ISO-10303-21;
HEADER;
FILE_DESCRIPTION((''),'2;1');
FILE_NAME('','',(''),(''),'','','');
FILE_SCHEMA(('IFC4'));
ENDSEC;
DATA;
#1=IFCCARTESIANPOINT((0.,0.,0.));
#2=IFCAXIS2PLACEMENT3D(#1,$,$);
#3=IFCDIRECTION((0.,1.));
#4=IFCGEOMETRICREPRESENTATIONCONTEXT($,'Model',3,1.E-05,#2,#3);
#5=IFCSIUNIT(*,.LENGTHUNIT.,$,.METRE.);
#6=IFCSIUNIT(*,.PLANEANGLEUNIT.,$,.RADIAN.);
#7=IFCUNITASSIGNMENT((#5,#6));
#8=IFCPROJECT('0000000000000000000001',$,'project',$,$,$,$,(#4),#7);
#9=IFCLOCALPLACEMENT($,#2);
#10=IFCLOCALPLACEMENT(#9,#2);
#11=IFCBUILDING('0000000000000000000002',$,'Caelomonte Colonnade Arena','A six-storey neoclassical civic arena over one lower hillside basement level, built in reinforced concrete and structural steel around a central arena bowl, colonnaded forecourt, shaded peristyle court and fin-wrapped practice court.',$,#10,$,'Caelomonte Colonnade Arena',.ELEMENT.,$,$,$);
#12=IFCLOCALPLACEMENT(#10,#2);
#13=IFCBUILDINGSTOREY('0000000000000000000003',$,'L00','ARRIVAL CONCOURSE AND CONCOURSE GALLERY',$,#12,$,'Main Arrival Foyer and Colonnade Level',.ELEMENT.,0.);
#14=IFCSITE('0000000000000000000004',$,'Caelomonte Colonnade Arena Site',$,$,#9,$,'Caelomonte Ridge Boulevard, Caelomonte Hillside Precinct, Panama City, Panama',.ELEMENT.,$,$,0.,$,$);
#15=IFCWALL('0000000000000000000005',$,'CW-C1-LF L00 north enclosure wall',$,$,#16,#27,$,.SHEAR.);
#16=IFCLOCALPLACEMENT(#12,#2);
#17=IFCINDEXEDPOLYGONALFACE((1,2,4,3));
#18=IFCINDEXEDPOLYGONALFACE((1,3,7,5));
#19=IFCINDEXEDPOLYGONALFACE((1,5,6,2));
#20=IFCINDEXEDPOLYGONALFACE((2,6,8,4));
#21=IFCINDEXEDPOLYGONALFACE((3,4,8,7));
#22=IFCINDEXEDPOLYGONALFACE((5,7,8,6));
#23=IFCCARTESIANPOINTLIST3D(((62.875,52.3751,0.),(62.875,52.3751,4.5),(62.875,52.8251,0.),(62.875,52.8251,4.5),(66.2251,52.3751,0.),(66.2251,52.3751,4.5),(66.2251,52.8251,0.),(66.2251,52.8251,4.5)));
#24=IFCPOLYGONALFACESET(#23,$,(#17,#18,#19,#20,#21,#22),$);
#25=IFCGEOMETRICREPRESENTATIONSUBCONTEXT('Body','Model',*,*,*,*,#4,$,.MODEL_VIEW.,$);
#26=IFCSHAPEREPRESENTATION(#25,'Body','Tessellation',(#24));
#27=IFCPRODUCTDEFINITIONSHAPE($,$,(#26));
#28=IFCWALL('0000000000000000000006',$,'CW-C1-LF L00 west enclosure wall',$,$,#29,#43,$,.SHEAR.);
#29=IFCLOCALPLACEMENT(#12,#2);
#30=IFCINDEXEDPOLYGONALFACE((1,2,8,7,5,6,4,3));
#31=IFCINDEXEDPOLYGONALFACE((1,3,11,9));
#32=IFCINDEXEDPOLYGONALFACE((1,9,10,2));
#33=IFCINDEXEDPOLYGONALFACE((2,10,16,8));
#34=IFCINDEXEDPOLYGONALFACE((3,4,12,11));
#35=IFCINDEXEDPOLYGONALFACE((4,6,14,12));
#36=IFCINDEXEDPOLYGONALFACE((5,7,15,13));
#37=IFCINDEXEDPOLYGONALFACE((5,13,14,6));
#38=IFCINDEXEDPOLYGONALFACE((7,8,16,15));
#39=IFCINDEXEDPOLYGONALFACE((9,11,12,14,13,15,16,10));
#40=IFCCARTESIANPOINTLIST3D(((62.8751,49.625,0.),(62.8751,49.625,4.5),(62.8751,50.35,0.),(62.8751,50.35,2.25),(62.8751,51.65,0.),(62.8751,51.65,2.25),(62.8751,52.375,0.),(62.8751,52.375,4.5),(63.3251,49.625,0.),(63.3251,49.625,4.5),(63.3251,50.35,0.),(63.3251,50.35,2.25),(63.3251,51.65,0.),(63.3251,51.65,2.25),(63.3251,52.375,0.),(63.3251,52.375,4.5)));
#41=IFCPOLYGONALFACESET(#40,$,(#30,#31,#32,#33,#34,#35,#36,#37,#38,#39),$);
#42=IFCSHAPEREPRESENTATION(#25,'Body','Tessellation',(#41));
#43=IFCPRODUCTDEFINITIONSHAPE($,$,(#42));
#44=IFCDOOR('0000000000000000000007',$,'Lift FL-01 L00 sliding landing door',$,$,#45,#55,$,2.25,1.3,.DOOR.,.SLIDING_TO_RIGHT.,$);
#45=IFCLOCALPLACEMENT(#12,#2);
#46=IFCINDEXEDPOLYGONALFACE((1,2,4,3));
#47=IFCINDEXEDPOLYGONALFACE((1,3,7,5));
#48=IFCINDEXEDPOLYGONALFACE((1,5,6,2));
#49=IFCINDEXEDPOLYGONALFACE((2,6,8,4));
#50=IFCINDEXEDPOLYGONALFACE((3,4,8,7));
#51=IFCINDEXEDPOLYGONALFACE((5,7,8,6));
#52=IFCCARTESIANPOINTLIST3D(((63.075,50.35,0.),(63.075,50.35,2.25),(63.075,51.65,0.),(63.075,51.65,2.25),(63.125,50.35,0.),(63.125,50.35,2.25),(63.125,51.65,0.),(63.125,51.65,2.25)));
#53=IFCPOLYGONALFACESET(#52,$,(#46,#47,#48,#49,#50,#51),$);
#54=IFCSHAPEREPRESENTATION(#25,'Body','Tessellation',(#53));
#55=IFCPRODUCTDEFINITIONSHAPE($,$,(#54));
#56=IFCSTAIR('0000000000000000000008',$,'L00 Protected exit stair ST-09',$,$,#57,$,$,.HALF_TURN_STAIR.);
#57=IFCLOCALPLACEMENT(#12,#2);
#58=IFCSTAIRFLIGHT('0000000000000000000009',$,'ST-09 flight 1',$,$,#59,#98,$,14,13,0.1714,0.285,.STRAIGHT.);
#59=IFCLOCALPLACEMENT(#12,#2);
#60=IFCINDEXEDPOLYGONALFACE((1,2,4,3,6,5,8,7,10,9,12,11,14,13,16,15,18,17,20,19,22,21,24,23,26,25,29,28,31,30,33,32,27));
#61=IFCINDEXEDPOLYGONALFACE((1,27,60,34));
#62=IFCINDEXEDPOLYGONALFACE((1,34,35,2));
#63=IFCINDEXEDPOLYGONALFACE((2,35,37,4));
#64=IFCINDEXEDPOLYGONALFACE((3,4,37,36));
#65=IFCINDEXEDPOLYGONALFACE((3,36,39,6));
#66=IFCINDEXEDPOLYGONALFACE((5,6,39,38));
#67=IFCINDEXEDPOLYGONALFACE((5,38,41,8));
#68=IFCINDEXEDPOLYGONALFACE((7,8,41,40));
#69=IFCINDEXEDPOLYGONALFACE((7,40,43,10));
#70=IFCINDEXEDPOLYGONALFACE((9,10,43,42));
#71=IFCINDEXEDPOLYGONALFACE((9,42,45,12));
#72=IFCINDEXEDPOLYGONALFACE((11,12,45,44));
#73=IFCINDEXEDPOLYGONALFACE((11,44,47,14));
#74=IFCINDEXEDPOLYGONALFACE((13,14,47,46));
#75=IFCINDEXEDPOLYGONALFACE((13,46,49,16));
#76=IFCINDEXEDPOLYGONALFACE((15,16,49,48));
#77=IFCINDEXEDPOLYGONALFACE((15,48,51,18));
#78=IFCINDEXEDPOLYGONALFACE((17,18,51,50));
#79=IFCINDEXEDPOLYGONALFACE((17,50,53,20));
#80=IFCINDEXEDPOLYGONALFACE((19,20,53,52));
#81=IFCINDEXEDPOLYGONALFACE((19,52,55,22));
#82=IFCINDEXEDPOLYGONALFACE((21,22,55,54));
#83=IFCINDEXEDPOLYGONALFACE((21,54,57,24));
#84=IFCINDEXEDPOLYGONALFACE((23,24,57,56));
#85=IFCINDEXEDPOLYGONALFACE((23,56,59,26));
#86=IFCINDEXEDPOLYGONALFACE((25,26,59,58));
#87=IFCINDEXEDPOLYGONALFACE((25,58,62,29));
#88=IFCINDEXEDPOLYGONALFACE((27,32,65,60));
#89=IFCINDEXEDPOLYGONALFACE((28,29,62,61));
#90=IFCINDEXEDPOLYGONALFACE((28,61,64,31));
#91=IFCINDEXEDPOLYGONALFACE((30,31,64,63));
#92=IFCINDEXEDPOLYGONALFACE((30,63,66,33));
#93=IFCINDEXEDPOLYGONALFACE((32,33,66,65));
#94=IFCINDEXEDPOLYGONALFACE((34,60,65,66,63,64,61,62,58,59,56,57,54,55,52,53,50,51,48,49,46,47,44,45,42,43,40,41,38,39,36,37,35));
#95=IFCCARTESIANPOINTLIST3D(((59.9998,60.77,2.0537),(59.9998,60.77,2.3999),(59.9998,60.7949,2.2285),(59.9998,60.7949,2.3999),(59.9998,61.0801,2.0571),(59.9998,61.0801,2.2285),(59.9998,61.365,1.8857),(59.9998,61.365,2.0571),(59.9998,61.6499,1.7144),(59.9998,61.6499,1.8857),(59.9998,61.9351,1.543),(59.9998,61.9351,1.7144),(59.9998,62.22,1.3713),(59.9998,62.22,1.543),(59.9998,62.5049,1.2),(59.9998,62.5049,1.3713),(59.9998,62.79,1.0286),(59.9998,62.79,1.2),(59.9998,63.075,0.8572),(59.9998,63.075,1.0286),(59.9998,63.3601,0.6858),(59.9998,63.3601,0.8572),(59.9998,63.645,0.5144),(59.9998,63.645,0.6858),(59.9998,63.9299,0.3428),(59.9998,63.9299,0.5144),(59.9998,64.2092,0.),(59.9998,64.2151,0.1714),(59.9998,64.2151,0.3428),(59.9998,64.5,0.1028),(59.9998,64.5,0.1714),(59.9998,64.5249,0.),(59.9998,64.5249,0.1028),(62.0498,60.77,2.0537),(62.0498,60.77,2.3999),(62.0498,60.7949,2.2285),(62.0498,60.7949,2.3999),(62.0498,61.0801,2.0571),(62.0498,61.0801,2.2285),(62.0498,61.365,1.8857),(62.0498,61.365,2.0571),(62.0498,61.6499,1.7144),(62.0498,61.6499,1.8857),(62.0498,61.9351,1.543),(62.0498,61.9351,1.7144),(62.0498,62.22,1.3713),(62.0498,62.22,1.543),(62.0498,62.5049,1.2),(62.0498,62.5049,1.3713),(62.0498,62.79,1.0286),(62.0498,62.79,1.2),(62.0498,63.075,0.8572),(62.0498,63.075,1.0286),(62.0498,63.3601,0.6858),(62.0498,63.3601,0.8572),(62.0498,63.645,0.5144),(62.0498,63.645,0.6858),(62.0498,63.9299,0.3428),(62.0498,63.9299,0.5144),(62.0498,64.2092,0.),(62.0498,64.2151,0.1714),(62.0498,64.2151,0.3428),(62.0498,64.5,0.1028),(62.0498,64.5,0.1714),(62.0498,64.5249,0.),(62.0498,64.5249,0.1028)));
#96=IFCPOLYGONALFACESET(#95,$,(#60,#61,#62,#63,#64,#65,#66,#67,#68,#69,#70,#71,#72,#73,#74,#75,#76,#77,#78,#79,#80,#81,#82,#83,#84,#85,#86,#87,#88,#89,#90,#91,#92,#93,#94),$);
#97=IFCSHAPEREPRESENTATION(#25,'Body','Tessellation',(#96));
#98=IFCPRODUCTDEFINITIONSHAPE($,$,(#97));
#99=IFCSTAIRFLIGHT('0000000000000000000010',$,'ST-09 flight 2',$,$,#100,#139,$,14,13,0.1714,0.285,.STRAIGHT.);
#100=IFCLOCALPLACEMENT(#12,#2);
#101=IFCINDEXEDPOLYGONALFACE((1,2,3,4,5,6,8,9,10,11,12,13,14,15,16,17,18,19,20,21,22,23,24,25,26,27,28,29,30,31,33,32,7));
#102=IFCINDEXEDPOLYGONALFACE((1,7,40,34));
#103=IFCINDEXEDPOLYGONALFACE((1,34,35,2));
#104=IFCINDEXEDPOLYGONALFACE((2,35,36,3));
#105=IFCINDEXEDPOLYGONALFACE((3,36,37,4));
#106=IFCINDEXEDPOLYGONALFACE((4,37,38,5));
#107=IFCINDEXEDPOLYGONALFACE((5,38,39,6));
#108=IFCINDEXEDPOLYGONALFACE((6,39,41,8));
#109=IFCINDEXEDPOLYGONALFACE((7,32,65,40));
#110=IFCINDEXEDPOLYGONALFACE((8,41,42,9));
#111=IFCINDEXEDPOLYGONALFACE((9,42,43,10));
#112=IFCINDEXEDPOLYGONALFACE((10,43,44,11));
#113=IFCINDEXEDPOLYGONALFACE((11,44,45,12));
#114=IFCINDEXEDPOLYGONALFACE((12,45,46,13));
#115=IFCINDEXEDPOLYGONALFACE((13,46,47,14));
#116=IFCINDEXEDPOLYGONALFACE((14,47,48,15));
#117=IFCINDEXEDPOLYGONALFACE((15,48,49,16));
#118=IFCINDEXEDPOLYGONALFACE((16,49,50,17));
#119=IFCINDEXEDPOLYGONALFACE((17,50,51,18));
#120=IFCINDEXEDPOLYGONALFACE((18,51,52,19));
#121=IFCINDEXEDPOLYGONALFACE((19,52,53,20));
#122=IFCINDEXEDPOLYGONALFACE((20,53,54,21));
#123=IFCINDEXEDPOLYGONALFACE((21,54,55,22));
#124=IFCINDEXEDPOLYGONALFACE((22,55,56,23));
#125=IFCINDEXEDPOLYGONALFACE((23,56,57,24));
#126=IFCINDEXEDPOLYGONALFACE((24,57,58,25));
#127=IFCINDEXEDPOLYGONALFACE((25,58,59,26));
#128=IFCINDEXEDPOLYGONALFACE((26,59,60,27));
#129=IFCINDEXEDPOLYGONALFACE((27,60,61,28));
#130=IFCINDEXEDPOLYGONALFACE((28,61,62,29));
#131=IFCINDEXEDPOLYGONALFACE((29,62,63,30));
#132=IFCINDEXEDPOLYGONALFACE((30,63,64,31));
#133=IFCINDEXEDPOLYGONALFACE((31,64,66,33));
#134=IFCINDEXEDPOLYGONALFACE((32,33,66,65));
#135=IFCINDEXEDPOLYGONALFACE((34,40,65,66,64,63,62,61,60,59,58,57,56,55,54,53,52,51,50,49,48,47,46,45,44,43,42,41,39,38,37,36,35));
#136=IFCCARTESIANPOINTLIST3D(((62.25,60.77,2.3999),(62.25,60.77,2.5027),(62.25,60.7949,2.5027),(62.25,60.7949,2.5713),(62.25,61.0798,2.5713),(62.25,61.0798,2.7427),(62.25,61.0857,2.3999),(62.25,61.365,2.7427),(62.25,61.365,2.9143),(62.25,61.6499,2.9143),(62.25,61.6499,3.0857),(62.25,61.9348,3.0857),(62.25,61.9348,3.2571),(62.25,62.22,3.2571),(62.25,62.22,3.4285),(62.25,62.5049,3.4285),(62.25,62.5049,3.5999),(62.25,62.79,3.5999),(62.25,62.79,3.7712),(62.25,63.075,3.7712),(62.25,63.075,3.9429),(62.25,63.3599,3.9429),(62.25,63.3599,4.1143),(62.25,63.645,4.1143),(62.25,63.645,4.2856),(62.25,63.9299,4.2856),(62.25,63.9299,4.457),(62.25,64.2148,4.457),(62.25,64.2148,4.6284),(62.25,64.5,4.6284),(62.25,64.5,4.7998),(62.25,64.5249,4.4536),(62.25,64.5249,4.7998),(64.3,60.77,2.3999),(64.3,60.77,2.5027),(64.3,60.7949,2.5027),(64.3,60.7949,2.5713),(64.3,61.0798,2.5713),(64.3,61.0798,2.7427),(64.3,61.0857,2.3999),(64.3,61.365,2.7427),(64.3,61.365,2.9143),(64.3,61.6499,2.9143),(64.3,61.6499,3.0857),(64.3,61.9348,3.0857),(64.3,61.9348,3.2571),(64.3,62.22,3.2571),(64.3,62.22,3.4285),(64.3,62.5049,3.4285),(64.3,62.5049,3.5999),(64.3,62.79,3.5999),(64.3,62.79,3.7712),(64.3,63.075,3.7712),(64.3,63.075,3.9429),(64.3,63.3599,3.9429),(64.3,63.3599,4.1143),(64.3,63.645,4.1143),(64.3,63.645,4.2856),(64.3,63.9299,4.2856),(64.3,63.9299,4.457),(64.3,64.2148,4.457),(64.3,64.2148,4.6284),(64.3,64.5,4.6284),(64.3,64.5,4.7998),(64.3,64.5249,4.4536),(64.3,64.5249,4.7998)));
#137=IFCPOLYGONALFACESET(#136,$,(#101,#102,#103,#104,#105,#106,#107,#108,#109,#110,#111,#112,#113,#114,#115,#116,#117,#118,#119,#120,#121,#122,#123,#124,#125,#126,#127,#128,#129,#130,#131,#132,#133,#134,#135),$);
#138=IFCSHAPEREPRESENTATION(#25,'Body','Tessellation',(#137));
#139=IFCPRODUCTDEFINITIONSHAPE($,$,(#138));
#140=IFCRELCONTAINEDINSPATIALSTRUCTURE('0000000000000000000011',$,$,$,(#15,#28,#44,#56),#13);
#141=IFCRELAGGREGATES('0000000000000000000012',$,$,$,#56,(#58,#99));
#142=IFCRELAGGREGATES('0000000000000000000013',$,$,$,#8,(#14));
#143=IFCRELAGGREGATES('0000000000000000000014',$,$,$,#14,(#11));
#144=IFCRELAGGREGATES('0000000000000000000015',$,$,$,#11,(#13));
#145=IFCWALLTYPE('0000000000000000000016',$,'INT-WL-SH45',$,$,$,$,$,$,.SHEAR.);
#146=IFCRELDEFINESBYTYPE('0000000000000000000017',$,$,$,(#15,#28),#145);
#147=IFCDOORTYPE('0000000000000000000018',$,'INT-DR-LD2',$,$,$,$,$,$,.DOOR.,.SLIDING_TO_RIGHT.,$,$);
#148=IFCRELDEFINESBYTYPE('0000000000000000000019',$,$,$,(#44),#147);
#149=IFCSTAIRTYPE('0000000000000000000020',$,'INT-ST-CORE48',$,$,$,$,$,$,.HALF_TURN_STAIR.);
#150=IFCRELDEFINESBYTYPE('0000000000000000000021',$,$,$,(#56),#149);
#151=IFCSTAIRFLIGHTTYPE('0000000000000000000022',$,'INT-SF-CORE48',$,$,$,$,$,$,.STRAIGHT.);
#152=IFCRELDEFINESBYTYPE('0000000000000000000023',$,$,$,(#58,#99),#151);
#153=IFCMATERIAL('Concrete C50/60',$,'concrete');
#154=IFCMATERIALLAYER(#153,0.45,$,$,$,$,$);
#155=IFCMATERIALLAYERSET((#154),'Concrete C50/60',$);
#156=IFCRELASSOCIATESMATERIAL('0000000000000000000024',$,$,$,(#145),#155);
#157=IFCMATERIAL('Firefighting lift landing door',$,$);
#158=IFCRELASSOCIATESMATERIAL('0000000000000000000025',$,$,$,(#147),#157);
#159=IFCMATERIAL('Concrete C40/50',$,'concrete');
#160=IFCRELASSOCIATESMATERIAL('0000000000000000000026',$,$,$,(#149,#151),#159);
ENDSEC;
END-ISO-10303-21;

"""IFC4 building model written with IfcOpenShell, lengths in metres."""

from ifc_helpers import new_model, si_unit, direction, frame, frame_2d, origin, place, context, subcontext, project, spatial, polyline, rectangle, outline, extrude, material, layer, layer_set, type_object, element, fill, aggregate, save


model = new_model("IFC4")

# Units and contexts
model_context = context("Model", 3, precision=1e-05, world=origin(), true_north=direction((0.0, 1.0)))
body_context = subcontext(model_context, "Body", "Model", "MODEL_VIEW")
ifc_project = project(units=[si_unit("LENGTHUNIT", "METRE"), si_unit("PLANEANGLEUNIT", "RADIAN")], contexts=[model_context])

# Site, building, storey
site_placement = place(None, origin())
site = spatial("IfcSite", under=ifc_project, at=site_placement, Name="Caelomonte Colonnade Arena Site", LongName="Caelomonte Ridge Boulevard, Caelomonte Hillside Precinct, Panama City, Panama", CompositionType="ELEMENT", RefElevation=0.0)
building_placement = place(site_placement, origin())
building = spatial("IfcBuilding", under=site, at=building_placement, Name="Caelomonte Colonnade Arena", Description="A six-storey neoclassical civic arena over one lower hillside basement level, built in reinforced concrete and structural steel around a central arena bowl, colonnaded forecourt, shaded peristyle court and fin-wrapped practice court.", LongName="Caelomonte Colonnade Arena", CompositionType="ELEMENT")
storey_placement = place(building_placement, origin())
storey = spatial("IfcBuildingStorey", under=building, at=storey_placement, Name="L00", Description="ARRIVAL CONCOURSE AND CONCOURSE GALLERY", LongName="Main Arrival Foyer and Colonnade Level", CompositionType="ELEMENT", Elevation=0.0)

# Shared definitions
ifc_material_1 = material(Name="Concrete C50/60", Category="concrete")

# Shared definitions
ifc_material_2 = material(Name="Concrete C40/50", Category="concrete")

# Wall
ifc_layer_1 = layer(ifc_material_1, 0.45)
ifc_layer_set_1 = layer_set([ifc_layer_1], Name="Concrete C50/60")
wall_type_1 = type_object("IfcWallType", Name="INT-WL-SH45", PredefinedType="SHEAR", material=ifc_layer_set_1)
wall_1_placement = place(storey_placement, frame((66.2251, 52.6001, 0.0), z_axis=(0.0, 0.0, 1.0), x_axis=(-1.0, 0.0, 0.0)))
element("IfcWall", 1, at=wall_1_placement, inside=storey, type_object=wall_type_1, Name="CW-C1-LF L00 north enclosure wall", PredefinedType="SHEAR", context=body_context, shape_type="SweptSolid", body=[
    extrude(rectangle(XDim=3.3501, YDim=0.45, at=frame_2d((1.675, 0.0))), origin(), (0.0, 0.0, 1.0), 4.5),
])

# Wall, opening, door
wall_2_placement = place(storey_placement, frame((63.1001, 52.375, 0.0), z_axis=(0.0, 0.0, 1.0), x_axis=(0.0, -1.0, 0.0)))
wall_2 = element("IfcWall", 2, at=wall_2_placement, inside=storey, type_object=wall_type_1, Name="CW-C1-LF L00 west enclosure wall", PredefinedType="SHEAR", context=body_context, shape_type="SweptSolid", body=[
    extrude(rectangle(XDim=2.75, YDim=0.45, at=frame_2d((1.375, 0.0))), origin(), (0.0, 0.0, 1.0), 4.5),
])
opening_1_placement = place(wall_2_placement, frame((0.7251, 0.0, 0.0), z_axis=(0.0, 0.0, 1.0), x_axis=(1.0, 0.0, 0.0)))
opening_1 = element("IfcOpeningElement", 3, at=opening_1_placement, cuts=wall_2, PredefinedType="OPENING", context=body_context, shape_type="SweptSolid", body=[
    extrude(rectangle(XDim=1.3, YDim=2.25, at=frame_2d((0.6499, 1.125))), frame((0.0, 0.2349, 0.0), z_axis=(0.0, -1.0, 0.0), x_axis=(1.0, 0.0, 0.0)), (0.0, 0.0, 1.0), 0.47),
])
ifc_material_3 = material(Name="Firefighting lift landing door")
door_type_1 = type_object("IfcDoorType", Name="INT-DR-LD2", OperationType="SLIDING_TO_RIGHT", PredefinedType="DOOR", material=ifc_material_3)
door_1_placement = place(opening_1_placement, origin())
door_1 = element("IfcDoor", 4, at=door_1_placement, inside=storey, type_object=door_type_1, Name="Lift FL-01 L00 sliding landing door", OperationType="SLIDING_TO_RIGHT", OverallHeight=2.25, OverallWidth=1.3, PredefinedType="DOOR", context=body_context, shape_type="SweptSolid", body=[
    extrude(rectangle(XDim=1.3, YDim=2.25, at=frame_2d((0.6499, 1.125))), frame((0.0, 0.0249, 0.0), z_axis=(0.0, -1.0, 0.0), x_axis=(1.0, 0.0, 0.0)), (0.0, 0.0, 1.0), 0.05),
])
fill(opening_1, door_1)

# Stair, stair flights
stair_type_1 = type_object("IfcStairType", Name="INT-ST-CORE48", PredefinedType="HALF_TURN_STAIR", material=ifc_material_2)
stair_1_placement = place(storey_placement, origin())
stair_1 = element("IfcStair", 5, at=stair_1_placement, inside=storey, type_object=stair_type_1, Name="L00 Protected exit stair ST-09", PredefinedType="HALF_TURN_STAIR")
stair_flight_type_1 = type_object("IfcStairFlightType", Name="INT-SF-CORE48", PredefinedType="STRAIGHT", material=ifc_material_2)
stair_flight_1_placement = place(storey_placement, frame((61.0249, 64.5, 0.0), z_axis=(0.0, 0.0, 1.0), x_axis=(0.0, -1.0, 0.0)))
stair_flight_1 = element("IfcStairFlight", 6, at=stair_flight_1_placement, type_object=stair_flight_type_1, Name="ST-09 flight 1", NumberOfRisers=14, NumberOfTreads=13, PredefinedType="STRAIGHT", RiserHeight=0.1714, TreadLength=0.285, context=body_context, shape_type="SweptSolid", body=[
    extrude(outline(polyline([(-0.0249, 0.0), (-0.0249, 0.1028), (0.0, 0.1028), (0.0, 0.1714), (0.2849, 0.1714), (0.2849, 0.3428), (0.5701, 0.3428), (0.5701, 0.5144), (0.855, 0.5144), (0.855, 0.6858), (1.1399, 0.6858), (1.1399, 0.8572), (1.425, 0.8572), (1.425, 1.0286), (1.71, 1.0286), (1.71, 1.2), (1.9951, 1.2), (1.9951, 1.3713), (2.28, 1.3713), (2.28, 1.543), (2.5649, 1.543), (2.5649, 1.7144), (2.8501, 1.7144), (2.8501, 1.8857), (3.135, 1.8857), (3.135, 2.0571), (3.4199, 2.0571), (3.4199, 2.2285), (3.7051, 2.2285), (3.7051, 2.3999), (3.73, 2.3999), (3.73, 2.0537), (0.2908, 0.0), (-0.0249, 0.0)])), frame((0.0, 1.0249, 0.0), z_axis=(0.0, -1.0, 0.0), x_axis=(1.0, 0.0, 0.0)), (0.0, 0.0, 1.0), 2.05),
])
stair_flight_2_placement = place(storey_placement, frame((63.2749, 60.7949, 2.3999), z_axis=(0.0, 0.0, 1.0), x_axis=(0.0, 1.0, 0.0)))
stair_flight_2 = element("IfcStairFlight", 7, at=stair_flight_2_placement, type_object=stair_flight_type_1, Name="ST-09 flight 2", NumberOfRisers=14, NumberOfTreads=13, PredefinedType="STRAIGHT", RiserHeight=0.1714, TreadLength=0.285, context=body_context, shape_type="SweptSolid", body=[
    extrude(outline(polyline([(-0.0249, 0.0), (-0.0249, 0.1028), (0.0, 0.1028), (0.0, 0.1714), (0.2849, 0.1714), (0.2849, 0.3428), (0.5701, 0.3428), (0.5701, 0.5144), (0.855, 0.5144), (0.855, 0.6858), (1.1399, 0.6858), (1.1399, 0.8572), (1.425, 0.8572), (1.425, 1.0286), (1.71, 1.0286), (1.71, 1.2), (1.9951, 1.2), (1.9951, 1.3713), (2.28, 1.3713), (2.28, 1.543), (2.5649, 1.543), (2.5649, 1.7144), (2.8501, 1.7144), (2.8501, 1.8857), (3.135, 1.8857), (3.135, 2.0571), (3.4199, 2.0571), (3.4199, 2.2285), (3.7051, 2.2285), (3.7051, 2.3999), (3.73, 2.3999), (3.73, 2.0537), (0.2908, 0.0), (-0.0249, 0.0)])), frame((0.0, 1.0249, 0.0), z_axis=(0.0, -1.0, 0.0), x_axis=(1.0, 0.0, 0.0)), (0.0, 0.0, 1.0), 2.05),
])
aggregate(stair_1, [stair_flight_1, stair_flight_2])

save(model, "model.ifc")
